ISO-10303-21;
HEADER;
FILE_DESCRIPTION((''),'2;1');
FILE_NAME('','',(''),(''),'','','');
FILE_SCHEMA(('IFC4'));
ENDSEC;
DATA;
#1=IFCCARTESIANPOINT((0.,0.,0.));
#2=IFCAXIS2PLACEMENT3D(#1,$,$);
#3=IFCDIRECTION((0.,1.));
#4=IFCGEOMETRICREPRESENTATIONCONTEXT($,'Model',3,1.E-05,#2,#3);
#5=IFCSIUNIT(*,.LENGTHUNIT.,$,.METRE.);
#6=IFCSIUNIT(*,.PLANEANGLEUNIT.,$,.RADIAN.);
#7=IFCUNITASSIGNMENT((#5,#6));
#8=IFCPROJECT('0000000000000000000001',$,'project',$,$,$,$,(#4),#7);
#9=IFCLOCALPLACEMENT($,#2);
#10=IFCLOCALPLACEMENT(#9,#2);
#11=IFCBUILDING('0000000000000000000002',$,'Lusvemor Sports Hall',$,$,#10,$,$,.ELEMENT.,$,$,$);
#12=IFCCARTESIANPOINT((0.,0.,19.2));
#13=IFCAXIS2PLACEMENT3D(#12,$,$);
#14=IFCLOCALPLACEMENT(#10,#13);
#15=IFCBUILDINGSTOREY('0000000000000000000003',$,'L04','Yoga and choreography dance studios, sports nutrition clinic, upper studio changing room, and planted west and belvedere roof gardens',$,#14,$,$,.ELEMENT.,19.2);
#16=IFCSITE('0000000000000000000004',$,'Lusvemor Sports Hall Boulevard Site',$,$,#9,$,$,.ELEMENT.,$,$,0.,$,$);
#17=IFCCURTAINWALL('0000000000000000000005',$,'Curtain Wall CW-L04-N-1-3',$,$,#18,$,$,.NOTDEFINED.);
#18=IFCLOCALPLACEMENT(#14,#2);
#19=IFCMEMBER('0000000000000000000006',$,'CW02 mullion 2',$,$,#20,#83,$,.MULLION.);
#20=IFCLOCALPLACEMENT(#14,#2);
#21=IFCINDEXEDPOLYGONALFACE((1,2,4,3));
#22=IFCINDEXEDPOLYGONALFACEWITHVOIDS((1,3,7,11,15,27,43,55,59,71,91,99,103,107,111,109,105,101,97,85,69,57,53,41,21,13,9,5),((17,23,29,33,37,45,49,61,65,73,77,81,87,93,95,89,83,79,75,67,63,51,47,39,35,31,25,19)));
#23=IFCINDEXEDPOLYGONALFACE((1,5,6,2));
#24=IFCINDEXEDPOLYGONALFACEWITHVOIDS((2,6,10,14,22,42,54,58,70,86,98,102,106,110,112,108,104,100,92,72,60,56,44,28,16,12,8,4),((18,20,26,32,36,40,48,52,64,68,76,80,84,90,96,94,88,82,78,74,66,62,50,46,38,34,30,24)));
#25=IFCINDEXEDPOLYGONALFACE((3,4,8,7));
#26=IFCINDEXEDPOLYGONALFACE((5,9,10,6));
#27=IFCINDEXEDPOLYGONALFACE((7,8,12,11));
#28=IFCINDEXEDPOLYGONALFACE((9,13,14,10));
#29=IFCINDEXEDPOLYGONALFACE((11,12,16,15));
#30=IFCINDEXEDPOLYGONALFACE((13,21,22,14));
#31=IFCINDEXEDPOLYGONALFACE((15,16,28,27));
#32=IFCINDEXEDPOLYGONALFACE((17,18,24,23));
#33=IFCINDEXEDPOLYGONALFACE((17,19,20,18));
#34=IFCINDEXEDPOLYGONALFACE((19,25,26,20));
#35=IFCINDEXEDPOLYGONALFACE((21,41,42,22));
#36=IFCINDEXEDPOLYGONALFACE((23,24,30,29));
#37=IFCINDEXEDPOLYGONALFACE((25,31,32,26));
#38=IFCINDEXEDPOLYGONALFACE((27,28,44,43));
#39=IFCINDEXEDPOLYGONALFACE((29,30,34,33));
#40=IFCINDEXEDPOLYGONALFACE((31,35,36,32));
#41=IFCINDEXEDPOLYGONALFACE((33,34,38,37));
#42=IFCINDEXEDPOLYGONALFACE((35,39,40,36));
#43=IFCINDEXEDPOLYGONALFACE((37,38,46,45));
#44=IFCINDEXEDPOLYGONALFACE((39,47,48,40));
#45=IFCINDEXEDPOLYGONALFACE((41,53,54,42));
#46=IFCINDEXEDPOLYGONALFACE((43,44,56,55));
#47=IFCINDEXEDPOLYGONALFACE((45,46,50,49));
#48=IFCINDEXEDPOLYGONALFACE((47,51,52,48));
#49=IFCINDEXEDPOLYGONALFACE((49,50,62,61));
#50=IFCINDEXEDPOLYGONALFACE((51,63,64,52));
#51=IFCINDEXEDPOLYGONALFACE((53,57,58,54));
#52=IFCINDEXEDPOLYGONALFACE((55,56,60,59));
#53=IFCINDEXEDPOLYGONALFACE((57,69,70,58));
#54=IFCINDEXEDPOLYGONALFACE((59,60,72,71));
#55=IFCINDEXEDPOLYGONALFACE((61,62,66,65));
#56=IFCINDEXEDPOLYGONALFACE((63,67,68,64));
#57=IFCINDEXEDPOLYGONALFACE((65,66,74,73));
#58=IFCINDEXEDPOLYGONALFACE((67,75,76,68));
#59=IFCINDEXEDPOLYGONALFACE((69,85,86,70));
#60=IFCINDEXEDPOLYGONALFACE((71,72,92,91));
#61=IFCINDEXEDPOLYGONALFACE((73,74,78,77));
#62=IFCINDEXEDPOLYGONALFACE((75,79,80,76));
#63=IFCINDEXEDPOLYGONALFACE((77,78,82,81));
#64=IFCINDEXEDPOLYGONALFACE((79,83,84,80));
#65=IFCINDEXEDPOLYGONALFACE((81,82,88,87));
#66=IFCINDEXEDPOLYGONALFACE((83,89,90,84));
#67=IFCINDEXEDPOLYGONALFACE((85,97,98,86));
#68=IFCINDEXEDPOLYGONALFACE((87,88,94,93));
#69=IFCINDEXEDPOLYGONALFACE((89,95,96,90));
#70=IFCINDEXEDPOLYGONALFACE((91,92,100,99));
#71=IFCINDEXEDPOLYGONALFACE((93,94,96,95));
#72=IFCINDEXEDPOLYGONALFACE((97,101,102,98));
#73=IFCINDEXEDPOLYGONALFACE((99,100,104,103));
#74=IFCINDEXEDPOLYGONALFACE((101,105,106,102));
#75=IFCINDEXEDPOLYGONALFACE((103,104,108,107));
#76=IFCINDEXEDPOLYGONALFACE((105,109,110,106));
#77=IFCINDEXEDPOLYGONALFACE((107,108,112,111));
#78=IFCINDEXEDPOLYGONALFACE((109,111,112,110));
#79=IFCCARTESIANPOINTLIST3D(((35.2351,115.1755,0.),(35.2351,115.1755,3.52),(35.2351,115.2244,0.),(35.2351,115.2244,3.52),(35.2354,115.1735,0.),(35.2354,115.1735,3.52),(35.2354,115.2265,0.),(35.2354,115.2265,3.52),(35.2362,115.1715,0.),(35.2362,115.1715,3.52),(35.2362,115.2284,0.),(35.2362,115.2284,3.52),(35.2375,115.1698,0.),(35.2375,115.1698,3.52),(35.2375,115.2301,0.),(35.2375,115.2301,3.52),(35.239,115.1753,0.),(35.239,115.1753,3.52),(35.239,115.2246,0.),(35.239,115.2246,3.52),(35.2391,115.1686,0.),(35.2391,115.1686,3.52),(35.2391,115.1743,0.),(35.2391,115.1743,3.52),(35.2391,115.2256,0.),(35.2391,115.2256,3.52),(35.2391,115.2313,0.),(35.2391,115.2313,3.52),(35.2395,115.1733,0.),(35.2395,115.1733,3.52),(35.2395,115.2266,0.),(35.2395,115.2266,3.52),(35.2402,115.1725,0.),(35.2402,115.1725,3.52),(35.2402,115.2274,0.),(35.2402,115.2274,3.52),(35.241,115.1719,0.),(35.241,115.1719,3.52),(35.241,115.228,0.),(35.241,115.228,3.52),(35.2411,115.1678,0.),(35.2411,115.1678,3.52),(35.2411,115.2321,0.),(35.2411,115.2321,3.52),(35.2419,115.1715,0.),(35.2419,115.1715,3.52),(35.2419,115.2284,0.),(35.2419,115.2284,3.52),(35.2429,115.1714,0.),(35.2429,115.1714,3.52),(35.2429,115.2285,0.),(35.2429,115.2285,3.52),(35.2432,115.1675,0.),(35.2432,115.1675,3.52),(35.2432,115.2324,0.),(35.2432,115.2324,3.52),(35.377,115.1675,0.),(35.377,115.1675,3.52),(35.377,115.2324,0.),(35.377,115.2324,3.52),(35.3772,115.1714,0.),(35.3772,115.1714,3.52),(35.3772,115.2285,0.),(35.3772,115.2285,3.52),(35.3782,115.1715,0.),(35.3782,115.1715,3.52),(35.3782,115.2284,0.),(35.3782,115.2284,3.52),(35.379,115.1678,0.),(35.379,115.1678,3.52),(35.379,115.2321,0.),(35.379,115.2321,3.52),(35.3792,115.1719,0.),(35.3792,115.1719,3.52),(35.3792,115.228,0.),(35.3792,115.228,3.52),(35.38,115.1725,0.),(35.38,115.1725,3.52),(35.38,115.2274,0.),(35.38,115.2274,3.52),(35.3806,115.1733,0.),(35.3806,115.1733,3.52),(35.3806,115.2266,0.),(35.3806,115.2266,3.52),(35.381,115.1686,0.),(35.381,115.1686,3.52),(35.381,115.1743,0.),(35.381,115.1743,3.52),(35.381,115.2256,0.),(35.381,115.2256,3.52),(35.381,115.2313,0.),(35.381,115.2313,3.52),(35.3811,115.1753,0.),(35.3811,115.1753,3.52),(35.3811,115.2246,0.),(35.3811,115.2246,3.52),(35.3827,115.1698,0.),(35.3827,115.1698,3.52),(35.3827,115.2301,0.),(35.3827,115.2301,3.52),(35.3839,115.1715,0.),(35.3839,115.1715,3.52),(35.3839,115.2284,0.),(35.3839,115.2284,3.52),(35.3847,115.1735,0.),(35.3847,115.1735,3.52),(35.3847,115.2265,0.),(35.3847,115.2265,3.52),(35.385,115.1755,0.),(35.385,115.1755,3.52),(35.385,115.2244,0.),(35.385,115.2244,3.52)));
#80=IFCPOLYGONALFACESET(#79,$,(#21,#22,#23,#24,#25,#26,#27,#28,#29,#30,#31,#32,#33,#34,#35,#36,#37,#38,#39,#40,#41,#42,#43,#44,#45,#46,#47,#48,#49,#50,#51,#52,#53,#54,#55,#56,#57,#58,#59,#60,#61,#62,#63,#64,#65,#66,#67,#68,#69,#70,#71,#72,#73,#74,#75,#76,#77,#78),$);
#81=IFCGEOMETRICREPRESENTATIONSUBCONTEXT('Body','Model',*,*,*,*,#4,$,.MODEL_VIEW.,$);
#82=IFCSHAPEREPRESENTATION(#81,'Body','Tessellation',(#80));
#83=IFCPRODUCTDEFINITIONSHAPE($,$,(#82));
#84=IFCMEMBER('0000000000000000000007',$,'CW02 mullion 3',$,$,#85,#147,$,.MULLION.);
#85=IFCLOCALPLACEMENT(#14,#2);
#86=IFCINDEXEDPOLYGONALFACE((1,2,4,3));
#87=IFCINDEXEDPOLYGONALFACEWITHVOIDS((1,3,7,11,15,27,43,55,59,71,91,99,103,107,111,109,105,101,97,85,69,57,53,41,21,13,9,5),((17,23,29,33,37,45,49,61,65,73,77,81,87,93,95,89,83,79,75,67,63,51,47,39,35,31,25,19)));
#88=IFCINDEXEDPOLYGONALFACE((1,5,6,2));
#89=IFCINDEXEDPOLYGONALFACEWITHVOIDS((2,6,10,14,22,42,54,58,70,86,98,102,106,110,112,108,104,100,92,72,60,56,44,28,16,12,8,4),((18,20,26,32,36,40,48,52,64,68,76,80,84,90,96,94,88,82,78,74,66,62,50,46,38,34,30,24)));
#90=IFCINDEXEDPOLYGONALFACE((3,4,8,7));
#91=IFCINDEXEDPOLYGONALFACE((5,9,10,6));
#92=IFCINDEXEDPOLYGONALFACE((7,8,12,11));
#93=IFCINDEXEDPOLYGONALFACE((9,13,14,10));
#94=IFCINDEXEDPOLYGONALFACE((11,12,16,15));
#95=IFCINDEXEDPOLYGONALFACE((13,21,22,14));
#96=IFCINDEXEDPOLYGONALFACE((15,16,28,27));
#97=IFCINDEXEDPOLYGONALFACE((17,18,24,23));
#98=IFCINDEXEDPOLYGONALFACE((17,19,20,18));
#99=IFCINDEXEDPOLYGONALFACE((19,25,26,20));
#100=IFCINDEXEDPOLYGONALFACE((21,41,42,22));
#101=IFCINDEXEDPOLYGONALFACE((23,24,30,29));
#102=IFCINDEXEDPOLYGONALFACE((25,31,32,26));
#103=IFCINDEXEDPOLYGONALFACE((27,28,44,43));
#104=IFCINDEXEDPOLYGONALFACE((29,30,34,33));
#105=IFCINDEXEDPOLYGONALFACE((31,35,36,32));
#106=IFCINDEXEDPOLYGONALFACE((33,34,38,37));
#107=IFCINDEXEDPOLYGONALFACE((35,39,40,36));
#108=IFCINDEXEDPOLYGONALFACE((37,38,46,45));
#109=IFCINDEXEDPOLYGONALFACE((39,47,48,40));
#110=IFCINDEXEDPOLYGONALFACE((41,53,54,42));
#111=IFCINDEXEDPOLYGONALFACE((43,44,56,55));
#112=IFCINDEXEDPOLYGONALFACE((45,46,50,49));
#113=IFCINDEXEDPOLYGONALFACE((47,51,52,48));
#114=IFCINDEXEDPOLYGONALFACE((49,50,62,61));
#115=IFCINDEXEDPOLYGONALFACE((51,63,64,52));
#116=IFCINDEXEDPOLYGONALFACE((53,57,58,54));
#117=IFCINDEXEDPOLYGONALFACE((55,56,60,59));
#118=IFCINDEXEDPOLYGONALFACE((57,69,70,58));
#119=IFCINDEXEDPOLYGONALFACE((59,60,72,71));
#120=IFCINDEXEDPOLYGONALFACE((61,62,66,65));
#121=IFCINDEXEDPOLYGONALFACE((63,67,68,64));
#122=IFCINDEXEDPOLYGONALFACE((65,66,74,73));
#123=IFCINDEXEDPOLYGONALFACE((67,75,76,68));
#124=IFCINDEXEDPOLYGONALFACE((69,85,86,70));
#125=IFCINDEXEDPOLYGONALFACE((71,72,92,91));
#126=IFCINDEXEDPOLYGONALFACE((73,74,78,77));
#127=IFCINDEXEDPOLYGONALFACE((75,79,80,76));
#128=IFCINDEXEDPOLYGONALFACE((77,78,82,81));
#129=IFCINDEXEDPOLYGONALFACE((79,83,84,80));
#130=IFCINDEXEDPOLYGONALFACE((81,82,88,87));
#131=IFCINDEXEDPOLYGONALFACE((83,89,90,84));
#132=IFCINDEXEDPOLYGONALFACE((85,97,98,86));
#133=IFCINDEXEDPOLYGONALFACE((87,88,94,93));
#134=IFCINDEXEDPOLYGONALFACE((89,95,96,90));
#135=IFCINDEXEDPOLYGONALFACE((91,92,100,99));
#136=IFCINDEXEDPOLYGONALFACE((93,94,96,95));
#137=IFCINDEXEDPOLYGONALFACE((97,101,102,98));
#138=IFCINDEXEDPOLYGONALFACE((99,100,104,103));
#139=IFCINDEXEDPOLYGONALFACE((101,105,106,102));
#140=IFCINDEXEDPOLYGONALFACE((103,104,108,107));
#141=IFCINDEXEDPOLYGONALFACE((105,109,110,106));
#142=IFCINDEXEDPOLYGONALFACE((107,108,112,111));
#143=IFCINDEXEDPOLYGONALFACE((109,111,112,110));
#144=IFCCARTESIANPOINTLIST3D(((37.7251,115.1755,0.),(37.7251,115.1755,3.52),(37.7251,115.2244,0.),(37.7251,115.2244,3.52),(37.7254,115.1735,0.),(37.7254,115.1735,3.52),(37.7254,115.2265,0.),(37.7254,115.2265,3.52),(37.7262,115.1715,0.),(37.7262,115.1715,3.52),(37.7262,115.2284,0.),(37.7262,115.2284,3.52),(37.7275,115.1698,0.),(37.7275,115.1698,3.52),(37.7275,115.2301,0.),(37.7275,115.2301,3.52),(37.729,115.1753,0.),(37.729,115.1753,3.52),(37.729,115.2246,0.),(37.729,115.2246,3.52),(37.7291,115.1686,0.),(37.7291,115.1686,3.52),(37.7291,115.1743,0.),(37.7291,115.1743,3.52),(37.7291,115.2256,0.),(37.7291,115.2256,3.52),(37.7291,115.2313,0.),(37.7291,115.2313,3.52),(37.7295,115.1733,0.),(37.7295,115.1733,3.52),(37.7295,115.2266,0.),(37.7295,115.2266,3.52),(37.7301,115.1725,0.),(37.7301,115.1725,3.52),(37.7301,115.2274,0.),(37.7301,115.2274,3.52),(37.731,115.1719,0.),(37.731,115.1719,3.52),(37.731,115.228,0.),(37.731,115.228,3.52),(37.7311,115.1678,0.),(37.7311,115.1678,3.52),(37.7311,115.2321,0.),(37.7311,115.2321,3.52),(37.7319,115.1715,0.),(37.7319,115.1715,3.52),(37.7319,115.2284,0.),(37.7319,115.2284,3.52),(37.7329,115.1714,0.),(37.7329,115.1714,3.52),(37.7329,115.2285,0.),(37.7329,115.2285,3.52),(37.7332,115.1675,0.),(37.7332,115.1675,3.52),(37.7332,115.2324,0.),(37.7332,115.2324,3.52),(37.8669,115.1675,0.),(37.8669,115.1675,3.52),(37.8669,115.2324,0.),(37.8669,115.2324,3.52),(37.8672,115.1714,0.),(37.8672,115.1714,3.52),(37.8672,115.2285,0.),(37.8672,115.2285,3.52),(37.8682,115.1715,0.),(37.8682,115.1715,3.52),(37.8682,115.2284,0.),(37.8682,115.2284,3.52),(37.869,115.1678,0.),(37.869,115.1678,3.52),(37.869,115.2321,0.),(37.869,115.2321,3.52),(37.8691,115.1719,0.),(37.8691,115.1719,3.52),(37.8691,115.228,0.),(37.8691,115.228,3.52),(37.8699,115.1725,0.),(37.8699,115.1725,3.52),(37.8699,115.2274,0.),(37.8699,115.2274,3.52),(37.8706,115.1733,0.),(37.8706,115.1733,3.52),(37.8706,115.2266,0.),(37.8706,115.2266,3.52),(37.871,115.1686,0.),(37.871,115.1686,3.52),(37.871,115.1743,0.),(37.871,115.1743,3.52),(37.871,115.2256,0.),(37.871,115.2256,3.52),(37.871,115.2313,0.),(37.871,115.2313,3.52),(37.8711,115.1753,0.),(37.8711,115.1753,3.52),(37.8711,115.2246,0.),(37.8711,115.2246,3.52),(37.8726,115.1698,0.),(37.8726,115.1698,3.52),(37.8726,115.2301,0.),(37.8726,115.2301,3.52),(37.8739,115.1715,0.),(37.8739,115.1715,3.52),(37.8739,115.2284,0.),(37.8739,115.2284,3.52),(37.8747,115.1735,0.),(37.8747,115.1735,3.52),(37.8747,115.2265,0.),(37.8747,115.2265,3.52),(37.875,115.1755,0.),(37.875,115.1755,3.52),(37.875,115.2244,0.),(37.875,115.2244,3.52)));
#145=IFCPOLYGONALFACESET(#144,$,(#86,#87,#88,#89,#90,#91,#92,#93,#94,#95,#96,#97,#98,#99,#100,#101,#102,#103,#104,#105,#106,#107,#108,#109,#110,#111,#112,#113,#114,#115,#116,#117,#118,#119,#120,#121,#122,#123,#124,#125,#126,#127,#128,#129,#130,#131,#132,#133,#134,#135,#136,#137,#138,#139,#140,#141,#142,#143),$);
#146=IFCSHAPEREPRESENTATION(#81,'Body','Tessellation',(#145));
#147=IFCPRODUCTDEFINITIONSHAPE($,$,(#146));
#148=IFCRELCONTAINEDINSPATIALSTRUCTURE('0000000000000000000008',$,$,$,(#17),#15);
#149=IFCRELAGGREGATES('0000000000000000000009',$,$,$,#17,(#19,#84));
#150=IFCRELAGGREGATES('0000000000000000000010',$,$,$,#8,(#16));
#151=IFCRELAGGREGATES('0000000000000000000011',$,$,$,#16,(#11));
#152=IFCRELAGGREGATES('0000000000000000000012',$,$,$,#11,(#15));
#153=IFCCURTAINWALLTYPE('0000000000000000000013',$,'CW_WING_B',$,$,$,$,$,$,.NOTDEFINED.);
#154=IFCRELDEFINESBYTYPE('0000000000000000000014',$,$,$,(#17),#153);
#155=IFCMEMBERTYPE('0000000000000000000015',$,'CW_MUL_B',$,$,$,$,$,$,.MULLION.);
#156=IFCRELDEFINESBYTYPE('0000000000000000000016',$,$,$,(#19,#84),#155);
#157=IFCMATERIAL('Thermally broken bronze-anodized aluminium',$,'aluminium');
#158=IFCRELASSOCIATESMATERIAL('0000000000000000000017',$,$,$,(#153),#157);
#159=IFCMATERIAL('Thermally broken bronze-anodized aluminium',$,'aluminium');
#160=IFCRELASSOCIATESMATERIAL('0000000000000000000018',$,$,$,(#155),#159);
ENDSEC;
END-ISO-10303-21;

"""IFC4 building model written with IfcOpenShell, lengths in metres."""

from ifc_helpers import new_model, si_unit, direction, frame, origin, origin_2d, place, context, subcontext, project, spatial, hollow_rectangle, extrude, material, material_profile, profile_set, type_object, element, aggregate, save


model = new_model("IFC4")

# Units and contexts
model_context = context("Model", 3, precision=1e-05, world=origin(), true_north=direction((0.0, 1.0)))
body_context = subcontext(model_context, "Body", "Model", "MODEL_VIEW")
ifc_project = project(units=[si_unit("LENGTHUNIT", "METRE"), si_unit("PLANEANGLEUNIT", "RADIAN")], contexts=[model_context])

# Site, building, storey
site_placement = place(None, origin())
site = spatial("IfcSite", under=ifc_project, at=site_placement, Name="Lusvemor Sports Hall Boulevard Site", CompositionType="ELEMENT", RefElevation=0.0)
building_placement = place(site_placement, origin())
building = spatial("IfcBuilding", under=site, at=building_placement, Name="Lusvemor Sports Hall", CompositionType="ELEMENT")
storey_placement = place(building_placement, frame((0.0, 0.0, 19.2)))
storey = spatial("IfcBuildingStorey", under=building, at=storey_placement, Name="L04", Description="Yoga and choreography dance studios, sports nutrition clinic, upper studio changing room, and planted west and belvedere roof gardens", CompositionType="ELEMENT", Elevation=19.2)

# Curtain wall, members
ifc_material_1 = material(Name="Thermally broken bronze-anodized aluminium", Category="aluminium")
curtain_wall_type_1 = type_object("IfcCurtainWallType", Name="CW_WING_B", PredefinedType="NOTDEFINED", material=ifc_material_1)
curtain_wall_1_placement = place(storey_placement, origin())
curtain_wall_1 = element("IfcCurtainWall", 1, at=curtain_wall_1_placement, inside=storey, type_object=curtain_wall_type_1, Name="Curtain Wall CW-L04-N-1-3", PredefinedType="NOTDEFINED")
ifc_material_2 = material(Name="Thermally broken bronze-anodized aluminium", Category="aluminium")
ifc_material_profile_1 = material_profile(ifc_material_2, hollow_rectangle(XDim=0.0649, YDim=0.1499, WallThickness=0.0039, InnerFilletRadius=0.0039, OuterFilletRadius=0.0081, at=origin_2d()), Name="CWMUL150x65x4")
ifc_profile_set_1 = profile_set([ifc_material_profile_1], Name="Thermally broken bronze-anodized aluminium")
member_type_1 = type_object("IfcMemberType", Name="CW_MUL_B", PredefinedType="MULLION", material=ifc_profile_set_1)
member_1_placement = place(storey_placement, frame((35.3101, 115.2, 0.0), z_axis=(0.0, 0.0, 1.0), x_axis=(0.0, 1.0, 0.0)))
member_1 = element("IfcMember", 2, at=member_1_placement, type_object=member_type_1, Name="CW02 mullion 2", PredefinedType="MULLION", context=body_context, shape_type="SweptSolid", body=[
    extrude(hollow_rectangle(XDim=0.0649, YDim=0.1499, WallThickness=0.0039, InnerFilletRadius=0.0039, OuterFilletRadius=0.0081, at=origin_2d()), origin(), (0.0, 0.0, 1.0), 3.52),
])
member_2_placement = place(storey_placement, frame((37.8, 115.2, 0.0), z_axis=(0.0, 0.0, 1.0), x_axis=(0.0, 1.0, 0.0)))
member_2 = element("IfcMember", 3, at=member_2_placement, type_object=member_type_1, Name="CW02 mullion 3", PredefinedType="MULLION", context=body_context, shape_type="SweptSolid", body=[
    extrude(hollow_rectangle(XDim=0.0649, YDim=0.1499, WallThickness=0.0039, InnerFilletRadius=0.0039, OuterFilletRadius=0.0081, at=origin_2d()), origin(), (0.0, 0.0, 1.0), 3.52),
])

aggregate(curtain_wall_1, [member_1, member_2])

save(model, "model.ifc")
